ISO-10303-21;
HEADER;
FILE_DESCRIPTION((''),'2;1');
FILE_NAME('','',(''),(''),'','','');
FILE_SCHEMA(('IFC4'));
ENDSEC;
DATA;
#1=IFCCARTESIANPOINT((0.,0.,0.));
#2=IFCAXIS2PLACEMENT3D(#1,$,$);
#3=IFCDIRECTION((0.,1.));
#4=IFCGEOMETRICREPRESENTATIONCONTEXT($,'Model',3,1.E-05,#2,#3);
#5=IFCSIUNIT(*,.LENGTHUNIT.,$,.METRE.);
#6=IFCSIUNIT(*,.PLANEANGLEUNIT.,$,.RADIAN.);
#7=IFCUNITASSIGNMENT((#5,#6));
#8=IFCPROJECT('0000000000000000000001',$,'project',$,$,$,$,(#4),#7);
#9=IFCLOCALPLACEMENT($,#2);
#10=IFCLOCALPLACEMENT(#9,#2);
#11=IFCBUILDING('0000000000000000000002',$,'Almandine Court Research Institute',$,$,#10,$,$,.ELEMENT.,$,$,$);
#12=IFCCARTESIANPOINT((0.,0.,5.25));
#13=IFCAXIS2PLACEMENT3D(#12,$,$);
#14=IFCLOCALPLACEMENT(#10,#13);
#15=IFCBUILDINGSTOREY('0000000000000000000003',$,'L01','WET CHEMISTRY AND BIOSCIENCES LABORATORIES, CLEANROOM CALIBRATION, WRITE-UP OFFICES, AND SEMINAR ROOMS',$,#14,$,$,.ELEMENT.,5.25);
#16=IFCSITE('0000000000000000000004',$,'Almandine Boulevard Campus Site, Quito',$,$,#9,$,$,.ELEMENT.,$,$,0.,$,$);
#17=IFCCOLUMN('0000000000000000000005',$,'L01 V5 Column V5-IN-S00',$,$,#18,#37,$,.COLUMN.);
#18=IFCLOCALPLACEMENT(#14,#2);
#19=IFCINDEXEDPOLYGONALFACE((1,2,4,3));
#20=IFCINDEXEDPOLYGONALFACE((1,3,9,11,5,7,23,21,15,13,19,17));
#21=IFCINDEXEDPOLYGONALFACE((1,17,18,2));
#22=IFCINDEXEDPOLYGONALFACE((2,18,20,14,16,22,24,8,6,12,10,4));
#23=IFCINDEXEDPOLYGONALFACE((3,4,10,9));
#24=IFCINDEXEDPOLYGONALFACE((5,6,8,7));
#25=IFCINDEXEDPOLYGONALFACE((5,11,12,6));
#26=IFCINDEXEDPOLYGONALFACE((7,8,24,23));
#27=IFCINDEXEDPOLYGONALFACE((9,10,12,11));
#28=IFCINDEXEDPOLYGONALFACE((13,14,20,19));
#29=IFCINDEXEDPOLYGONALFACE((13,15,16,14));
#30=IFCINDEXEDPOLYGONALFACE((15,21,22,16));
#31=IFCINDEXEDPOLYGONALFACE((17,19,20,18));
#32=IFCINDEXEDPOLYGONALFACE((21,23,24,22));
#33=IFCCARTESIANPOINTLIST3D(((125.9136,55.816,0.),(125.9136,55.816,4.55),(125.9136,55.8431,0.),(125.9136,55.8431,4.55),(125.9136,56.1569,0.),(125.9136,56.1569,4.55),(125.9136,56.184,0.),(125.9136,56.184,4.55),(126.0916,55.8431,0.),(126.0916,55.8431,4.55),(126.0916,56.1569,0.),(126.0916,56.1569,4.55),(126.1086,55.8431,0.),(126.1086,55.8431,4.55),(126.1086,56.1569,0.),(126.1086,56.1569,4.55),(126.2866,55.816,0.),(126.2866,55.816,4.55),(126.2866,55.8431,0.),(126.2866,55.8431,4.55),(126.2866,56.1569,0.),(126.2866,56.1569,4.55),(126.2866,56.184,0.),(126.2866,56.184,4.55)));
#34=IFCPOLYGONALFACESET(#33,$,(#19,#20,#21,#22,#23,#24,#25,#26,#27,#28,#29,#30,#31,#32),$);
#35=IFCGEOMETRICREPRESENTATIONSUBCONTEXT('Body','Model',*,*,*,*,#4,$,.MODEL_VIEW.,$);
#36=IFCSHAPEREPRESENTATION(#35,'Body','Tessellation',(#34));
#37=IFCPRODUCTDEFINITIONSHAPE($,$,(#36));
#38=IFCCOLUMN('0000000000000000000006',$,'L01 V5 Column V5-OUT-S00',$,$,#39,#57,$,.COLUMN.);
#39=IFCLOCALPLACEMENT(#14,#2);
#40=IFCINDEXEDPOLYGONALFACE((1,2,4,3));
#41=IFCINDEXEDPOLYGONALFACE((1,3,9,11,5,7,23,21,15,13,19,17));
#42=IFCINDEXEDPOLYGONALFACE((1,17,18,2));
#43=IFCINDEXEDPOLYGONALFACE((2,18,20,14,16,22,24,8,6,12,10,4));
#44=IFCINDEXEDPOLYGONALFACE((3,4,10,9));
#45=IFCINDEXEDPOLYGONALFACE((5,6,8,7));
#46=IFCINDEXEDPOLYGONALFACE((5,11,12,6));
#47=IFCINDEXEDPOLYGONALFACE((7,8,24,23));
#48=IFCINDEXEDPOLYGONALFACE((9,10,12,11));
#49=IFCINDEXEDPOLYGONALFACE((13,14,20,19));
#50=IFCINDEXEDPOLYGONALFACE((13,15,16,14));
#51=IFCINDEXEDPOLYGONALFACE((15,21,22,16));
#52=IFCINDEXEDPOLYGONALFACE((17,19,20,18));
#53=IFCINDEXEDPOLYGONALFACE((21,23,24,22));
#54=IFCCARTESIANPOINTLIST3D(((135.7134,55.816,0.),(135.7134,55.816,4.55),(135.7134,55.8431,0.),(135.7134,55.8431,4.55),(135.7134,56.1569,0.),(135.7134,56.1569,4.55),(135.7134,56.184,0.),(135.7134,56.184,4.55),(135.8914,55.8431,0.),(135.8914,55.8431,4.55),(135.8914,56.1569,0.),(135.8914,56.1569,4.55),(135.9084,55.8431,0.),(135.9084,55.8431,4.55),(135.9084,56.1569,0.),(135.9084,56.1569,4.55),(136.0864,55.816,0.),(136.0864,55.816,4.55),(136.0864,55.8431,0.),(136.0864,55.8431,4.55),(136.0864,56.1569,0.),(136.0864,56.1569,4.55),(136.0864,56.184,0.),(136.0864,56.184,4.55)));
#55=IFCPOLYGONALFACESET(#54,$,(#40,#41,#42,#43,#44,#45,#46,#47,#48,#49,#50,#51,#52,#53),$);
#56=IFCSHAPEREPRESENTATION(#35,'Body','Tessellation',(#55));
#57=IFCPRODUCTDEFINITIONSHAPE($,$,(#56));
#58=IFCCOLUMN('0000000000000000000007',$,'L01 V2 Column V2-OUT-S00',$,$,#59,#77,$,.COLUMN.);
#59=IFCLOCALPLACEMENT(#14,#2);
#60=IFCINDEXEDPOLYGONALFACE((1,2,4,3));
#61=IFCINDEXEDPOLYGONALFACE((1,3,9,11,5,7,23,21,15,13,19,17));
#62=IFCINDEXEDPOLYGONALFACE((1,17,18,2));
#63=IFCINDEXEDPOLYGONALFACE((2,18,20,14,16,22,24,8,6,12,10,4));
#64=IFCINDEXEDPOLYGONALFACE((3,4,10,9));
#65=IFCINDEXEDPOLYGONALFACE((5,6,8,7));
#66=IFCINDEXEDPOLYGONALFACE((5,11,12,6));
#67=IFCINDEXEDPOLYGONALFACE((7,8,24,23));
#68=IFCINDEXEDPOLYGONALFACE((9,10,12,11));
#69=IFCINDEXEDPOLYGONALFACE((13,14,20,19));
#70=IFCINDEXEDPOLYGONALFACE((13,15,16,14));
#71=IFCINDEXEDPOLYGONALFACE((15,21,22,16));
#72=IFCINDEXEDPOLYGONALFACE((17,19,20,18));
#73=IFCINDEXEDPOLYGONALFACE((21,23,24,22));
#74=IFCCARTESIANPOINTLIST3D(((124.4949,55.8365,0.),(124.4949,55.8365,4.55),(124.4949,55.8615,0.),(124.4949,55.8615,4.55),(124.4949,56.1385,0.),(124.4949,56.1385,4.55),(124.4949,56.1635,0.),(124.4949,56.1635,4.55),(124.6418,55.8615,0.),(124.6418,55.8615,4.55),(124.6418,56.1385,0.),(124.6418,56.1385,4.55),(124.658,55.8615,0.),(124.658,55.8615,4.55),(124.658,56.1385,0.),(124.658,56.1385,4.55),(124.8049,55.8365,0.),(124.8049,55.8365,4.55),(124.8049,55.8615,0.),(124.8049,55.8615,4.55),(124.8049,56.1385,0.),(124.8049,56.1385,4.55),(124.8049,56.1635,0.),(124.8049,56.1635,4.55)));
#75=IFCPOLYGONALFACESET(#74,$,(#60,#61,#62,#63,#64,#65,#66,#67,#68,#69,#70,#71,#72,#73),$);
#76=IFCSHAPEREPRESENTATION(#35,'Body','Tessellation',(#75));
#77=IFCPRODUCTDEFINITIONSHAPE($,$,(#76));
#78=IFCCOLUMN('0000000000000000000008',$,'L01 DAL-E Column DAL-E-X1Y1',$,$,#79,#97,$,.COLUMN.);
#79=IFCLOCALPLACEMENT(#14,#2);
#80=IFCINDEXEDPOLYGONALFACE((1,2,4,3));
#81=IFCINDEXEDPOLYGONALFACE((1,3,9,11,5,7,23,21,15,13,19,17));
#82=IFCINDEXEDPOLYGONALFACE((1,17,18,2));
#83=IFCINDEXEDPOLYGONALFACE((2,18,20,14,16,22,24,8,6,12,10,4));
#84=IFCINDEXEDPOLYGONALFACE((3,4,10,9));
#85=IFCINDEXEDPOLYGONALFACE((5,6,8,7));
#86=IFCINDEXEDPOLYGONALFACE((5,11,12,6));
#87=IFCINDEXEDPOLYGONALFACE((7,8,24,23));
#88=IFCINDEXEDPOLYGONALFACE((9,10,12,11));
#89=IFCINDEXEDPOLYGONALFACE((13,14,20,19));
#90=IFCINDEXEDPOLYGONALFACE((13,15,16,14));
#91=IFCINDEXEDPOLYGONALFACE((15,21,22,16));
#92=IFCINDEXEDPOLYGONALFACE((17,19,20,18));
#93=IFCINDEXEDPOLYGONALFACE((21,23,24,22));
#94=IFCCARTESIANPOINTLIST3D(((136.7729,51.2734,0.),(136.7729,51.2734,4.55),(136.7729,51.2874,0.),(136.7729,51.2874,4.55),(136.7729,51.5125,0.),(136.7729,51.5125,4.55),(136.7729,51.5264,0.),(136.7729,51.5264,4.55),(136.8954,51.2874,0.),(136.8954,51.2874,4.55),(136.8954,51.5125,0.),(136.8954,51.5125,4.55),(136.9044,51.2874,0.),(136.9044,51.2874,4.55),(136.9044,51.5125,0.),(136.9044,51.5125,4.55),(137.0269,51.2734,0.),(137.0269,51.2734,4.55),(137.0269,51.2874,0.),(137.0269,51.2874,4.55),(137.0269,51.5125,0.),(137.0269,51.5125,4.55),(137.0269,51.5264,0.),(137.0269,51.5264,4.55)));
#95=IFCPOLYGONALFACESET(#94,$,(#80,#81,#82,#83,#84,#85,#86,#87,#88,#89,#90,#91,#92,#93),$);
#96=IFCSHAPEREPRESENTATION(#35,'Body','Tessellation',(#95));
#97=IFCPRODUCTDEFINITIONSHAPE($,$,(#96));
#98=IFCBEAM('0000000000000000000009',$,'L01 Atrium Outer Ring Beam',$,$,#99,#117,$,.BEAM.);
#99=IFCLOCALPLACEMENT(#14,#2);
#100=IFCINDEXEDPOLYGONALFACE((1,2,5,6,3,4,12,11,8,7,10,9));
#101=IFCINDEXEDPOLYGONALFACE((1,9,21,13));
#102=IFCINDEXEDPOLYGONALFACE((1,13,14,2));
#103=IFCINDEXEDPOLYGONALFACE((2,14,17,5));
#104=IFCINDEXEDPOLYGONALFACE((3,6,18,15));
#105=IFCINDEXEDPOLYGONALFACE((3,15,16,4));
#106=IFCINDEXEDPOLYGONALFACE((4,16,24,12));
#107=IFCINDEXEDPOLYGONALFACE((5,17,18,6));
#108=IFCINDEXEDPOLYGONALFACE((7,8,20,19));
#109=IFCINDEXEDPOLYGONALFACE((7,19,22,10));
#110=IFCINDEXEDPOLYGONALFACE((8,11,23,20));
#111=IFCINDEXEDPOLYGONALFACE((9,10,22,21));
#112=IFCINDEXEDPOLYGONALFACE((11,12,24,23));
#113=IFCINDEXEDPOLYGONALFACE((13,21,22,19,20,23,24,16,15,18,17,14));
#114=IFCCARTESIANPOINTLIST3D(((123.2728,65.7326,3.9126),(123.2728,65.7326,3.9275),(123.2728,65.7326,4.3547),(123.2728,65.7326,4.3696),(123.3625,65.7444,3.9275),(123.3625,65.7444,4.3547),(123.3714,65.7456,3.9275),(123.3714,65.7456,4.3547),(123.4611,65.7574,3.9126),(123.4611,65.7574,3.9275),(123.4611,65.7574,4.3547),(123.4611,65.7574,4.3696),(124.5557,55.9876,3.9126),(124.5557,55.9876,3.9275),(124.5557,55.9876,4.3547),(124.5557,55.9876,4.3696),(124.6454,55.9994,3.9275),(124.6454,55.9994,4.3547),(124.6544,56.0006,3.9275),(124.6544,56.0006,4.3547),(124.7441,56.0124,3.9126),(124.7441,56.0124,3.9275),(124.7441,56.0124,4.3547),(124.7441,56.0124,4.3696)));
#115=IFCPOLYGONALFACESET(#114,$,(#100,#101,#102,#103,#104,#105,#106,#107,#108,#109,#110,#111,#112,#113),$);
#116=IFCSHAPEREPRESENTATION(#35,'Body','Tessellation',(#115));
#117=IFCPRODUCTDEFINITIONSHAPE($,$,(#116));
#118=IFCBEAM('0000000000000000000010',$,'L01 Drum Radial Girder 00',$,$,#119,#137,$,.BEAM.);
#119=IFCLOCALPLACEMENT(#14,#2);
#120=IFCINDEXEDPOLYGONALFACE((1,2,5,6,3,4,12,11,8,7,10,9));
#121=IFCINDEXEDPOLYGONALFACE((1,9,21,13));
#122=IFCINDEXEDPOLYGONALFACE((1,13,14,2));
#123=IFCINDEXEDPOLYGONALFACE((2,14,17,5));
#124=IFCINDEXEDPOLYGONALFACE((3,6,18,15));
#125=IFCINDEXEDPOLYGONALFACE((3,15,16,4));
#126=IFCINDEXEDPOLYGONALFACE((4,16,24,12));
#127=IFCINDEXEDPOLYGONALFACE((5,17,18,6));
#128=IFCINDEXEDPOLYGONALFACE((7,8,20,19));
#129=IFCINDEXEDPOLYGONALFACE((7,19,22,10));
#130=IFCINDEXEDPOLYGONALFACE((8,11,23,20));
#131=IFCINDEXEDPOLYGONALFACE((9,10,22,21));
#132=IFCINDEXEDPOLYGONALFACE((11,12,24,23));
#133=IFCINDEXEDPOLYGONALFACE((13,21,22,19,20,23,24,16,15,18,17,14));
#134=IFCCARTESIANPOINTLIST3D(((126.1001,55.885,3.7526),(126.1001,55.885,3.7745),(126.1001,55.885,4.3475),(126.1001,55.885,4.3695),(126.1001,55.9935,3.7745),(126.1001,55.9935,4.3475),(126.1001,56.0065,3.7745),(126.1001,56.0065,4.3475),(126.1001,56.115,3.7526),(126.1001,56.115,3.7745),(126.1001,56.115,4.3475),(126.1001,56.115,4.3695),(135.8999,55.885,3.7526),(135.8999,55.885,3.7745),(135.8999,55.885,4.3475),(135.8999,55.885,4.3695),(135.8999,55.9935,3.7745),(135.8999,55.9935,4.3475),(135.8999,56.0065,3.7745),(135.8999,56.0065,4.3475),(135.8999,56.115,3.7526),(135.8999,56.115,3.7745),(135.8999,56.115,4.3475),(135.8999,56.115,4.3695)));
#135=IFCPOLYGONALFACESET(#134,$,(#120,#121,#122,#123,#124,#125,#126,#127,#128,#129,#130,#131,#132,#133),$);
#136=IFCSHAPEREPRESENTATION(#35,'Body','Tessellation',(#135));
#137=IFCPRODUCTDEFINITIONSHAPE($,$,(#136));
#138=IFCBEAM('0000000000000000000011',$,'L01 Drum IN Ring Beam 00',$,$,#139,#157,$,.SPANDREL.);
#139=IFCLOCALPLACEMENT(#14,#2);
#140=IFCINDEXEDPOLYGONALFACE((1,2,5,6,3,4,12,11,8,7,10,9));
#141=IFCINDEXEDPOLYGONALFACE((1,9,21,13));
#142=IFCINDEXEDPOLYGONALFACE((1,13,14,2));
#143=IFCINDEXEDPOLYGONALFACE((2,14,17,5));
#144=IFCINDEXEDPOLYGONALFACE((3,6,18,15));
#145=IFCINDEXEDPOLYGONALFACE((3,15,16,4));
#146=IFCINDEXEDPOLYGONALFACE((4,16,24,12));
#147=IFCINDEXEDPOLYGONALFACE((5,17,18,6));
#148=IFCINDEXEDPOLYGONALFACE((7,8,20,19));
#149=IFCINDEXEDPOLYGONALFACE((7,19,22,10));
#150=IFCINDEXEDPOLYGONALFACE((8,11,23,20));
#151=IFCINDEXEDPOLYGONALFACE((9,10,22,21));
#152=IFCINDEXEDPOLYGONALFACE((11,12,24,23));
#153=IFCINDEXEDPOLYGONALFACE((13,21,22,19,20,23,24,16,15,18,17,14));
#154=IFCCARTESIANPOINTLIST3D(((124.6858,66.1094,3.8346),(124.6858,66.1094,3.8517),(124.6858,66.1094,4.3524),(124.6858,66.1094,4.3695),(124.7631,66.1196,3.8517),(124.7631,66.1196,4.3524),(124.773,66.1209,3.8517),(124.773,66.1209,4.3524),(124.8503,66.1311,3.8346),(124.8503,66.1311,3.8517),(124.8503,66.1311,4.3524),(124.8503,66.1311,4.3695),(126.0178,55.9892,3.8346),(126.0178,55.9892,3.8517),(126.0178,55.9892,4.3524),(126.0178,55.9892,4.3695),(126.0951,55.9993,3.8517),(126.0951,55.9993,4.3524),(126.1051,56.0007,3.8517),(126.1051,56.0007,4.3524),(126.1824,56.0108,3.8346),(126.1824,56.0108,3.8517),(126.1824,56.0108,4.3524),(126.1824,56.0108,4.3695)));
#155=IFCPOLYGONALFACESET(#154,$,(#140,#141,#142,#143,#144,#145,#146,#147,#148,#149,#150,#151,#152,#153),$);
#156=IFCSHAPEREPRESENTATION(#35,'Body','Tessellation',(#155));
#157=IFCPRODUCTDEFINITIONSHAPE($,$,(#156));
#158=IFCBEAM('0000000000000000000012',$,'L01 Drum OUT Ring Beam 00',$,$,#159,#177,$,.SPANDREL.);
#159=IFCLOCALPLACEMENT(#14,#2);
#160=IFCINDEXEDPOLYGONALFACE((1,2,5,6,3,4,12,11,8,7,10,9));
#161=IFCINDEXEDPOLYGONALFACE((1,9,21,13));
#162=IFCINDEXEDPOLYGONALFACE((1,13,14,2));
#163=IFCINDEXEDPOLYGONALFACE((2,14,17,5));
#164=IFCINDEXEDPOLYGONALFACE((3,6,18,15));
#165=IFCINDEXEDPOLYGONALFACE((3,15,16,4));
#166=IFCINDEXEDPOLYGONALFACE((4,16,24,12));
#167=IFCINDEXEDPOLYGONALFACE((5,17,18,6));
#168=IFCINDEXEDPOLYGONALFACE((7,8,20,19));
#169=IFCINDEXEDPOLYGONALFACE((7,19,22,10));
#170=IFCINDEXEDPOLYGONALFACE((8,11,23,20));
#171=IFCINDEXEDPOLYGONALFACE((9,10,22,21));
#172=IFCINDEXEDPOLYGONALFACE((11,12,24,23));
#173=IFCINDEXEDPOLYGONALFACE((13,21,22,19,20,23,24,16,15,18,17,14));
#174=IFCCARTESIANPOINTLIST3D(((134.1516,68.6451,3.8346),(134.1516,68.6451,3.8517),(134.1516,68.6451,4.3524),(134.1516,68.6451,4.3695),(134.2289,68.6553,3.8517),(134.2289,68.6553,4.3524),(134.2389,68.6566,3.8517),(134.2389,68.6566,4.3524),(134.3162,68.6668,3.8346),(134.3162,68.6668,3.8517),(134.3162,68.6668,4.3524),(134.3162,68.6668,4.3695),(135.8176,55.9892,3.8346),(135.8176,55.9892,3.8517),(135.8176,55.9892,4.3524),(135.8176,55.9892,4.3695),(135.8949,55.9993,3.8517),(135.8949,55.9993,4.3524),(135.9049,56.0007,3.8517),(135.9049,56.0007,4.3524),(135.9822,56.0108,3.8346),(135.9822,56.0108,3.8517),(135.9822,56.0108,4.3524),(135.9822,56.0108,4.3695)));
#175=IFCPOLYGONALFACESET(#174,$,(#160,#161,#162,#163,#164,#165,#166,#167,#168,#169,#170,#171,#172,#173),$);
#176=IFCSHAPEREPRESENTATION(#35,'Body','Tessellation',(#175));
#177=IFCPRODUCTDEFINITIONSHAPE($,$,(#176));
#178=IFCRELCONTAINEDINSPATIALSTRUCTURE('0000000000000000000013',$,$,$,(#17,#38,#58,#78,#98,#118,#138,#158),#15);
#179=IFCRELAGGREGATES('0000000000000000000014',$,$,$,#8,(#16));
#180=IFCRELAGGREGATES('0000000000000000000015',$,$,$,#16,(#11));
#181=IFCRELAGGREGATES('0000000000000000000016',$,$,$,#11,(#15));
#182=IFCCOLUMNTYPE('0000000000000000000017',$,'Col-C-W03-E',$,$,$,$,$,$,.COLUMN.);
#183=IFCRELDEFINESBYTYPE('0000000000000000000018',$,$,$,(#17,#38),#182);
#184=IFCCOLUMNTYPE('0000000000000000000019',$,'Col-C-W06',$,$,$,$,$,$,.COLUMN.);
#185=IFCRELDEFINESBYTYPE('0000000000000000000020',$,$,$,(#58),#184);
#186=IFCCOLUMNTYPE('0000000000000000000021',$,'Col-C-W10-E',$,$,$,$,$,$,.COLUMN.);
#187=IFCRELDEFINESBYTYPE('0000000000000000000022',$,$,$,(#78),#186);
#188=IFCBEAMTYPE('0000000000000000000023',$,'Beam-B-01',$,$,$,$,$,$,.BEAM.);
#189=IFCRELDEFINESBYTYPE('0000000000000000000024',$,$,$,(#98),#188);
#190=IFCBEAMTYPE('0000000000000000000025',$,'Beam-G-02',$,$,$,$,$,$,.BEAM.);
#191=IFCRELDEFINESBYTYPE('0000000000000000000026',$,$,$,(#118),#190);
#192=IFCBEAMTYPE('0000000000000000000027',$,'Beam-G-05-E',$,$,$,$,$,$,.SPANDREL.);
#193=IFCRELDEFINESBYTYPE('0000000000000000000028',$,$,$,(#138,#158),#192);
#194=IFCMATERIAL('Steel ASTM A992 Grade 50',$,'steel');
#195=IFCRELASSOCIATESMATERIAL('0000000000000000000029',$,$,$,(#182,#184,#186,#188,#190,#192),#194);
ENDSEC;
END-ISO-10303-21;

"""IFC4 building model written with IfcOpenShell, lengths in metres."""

from ifc_helpers import new_model, si_unit, direction, frame, origin, origin_2d, place, context, subcontext, project, spatial, i_section, extrude, material, material_profile, profile_set, type_object, element, save


model = new_model("IFC4")

# Units and contexts
model_context = context("Model", 3, precision=1e-05, world=origin(), true_north=direction((0.0, 1.0)))
body_context = subcontext(model_context, "Body", "Model", "MODEL_VIEW")
ifc_project = project(units=[si_unit("LENGTHUNIT", "METRE"), si_unit("PLANEANGLEUNIT", "RADIAN")], contexts=[model_context])

# Site, building, storey
site_placement = place(None, origin())
site = spatial("IfcSite", under=ifc_project, at=site_placement, Name="Almandine Boulevard Campus Site, Quito", CompositionType="ELEMENT", RefElevation=0.0)
building_placement = place(site_placement, origin())
building = spatial("IfcBuilding", under=site, at=building_placement, Name="Almandine Court Research Institute", CompositionType="ELEMENT")
storey_placement = place(building_placement, frame((0.0, 0.0, 5.25)))
storey = spatial("IfcBuildingStorey", under=building, at=storey_placement, Name="L01", Description="WET CHEMISTRY AND BIOSCIENCES LABORATORIES, CLEANROOM CALIBRATION, WRITE-UP OFFICES, AND SEMINAR ROOMS", CompositionType="ELEMENT", Elevation=5.25)

# Columns
ifc_material_1 = material(Name="Steel ASTM A992 Grade 50", Category="steel")
ifc_material_profile_1 = material_profile(ifc_material_1, i_section(OverallWidth=0.373, OverallDepth=0.3679, WebThickness=0.0171, FlangeThickness=0.0271, at=origin_2d()), Name="W360x179")
ifc_profile_set_1 = profile_set([ifc_material_profile_1], Name="Steel ASTM A992 Grade 50")
column_type_1 = type_object("IfcColumnType", Name="Col-C-W03-E", PredefinedType="COLUMN", material=ifc_profile_set_1)
for number, where, z_axis, x_axis, name in (
    (1, (126.1001, 56.0, 0.0), (0.0, 0.0, 1.0), (1.0, 0.0, 0.0), "L01 V5 Column V5-IN-S00"),
    (2, (135.8999, 56.0, 0.0), (0.0, 0.0, 1.0), (1.0, 0.0, 0.0), "L01 V5 Column V5-OUT-S00"),
):
    element("IfcColumn", number, at=place(storey_placement, frame(where, z_axis=z_axis, x_axis=x_axis)), inside=storey, type_object=column_type_1, Name=name, PredefinedType="COLUMN", context=body_context, shape_type="SweptSolid", body=[
        extrude(i_section(OverallWidth=0.373, OverallDepth=0.3679, WebThickness=0.0171, FlangeThickness=0.0271, at=origin_2d()), origin(), (0.0, 0.0, 1.0), 4.55),
    ])
ifc_material_profile_2 = material_profile(ifc_material_1, i_section(OverallWidth=0.3101, OverallDepth=0.3269, WebThickness=0.0161, FlangeThickness=0.0249, at=origin_2d()), Name="W310x158")
ifc_profile_set_2 = profile_set([ifc_material_profile_2], Name="Steel ASTM A992 Grade 50")
column_type_2 = type_object("IfcColumnType", Name="Col-C-W06", PredefinedType="COLUMN", material=ifc_profile_set_2)
column_1_placement = place(storey_placement, frame((124.6499, 56.0, 0.0), z_axis=(0.0, 0.0, 1.0), x_axis=(1.0, 0.0, 0.0)))
element("IfcColumn", 3, at=column_1_placement, inside=storey, type_object=column_type_2, Name="L01 V2 Column V2-OUT-S00", PredefinedType="COLUMN", context=body_context, shape_type="SweptSolid", body=[
    extrude(i_section(OverallWidth=0.3101, OverallDepth=0.3269, WebThickness=0.0161, FlangeThickness=0.0249, at=origin_2d()), origin(), (0.0, 0.0, 1.0), 4.55),
])
ifc_material_profile_3 = material_profile(ifc_material_1, i_section(OverallWidth=0.2539, OverallDepth=0.2529, WebThickness=0.009, FlangeThickness=0.0139, at=origin_2d()), Name="W250x73")
ifc_profile_set_3 = profile_set([ifc_material_profile_3], Name="Steel ASTM A992 Grade 50")
column_type_3 = type_object("IfcColumnType", Name="Col-C-W10-E", PredefinedType="COLUMN", material=ifc_profile_set_3)
column_2_placement = place(storey_placement, frame((136.8999, 51.3999, 0.0), z_axis=(0.0, 0.0, 1.0), x_axis=(1.0, 0.0, 0.0)))
element("IfcColumn", 4, at=column_2_placement, inside=storey, type_object=column_type_3, Name="L01 DAL-E Column DAL-E-X1Y1", PredefinedType="COLUMN", context=body_context, shape_type="SweptSolid", body=[
    extrude(i_section(OverallWidth=0.2539, OverallDepth=0.2529, WebThickness=0.009, FlangeThickness=0.0139, at=origin_2d()), origin(), (0.0, 0.0, 1.0), 4.55),
])

# Beams
ifc_material_profile_4 = material_profile(ifc_material_1, i_section(OverallWidth=0.1899, OverallDepth=0.457, WebThickness=0.009, FlangeThickness=0.0149, at=origin_2d()), Name="W460x74")
ifc_profile_set_4 = profile_set([ifc_material_profile_4], Name="Steel ASTM A992 Grade 50")
beam_type_1 = type_object("IfcBeamType", Name="Beam-B-01", PredefinedType="BEAM", material=ifc_profile_set_4)
beam_1_placement = place(storey_placement, frame((124.6499, 56.0, 4.1411), z_axis=(-0.130525, 0.991445, 0.0), x_axis=(-0.991445, -0.130525, 0.0)))
element("IfcBeam", 5, at=beam_1_placement, inside=storey, type_object=beam_type_1, Name="L01 Atrium Outer Ring Beam", PredefinedType="BEAM", context=body_context, shape_type="SweptSolid", body=[
    extrude(i_section(OverallWidth=0.1899, OverallDepth=0.457, WebThickness=0.009, FlangeThickness=0.0149, at=origin_2d()), origin(), (0.0, 0.0, 1.0), 9.8291),
])
ifc_material_profile_5 = material_profile(ifc_material_1, i_section(OverallWidth=0.23, OverallDepth=0.6169, WebThickness=0.0129, FlangeThickness=0.022, at=origin_2d()), Name="W610x140")
ifc_profile_set_5 = profile_set([ifc_material_profile_5], Name="Steel ASTM A992 Grade 50")
beam_type_2 = type_object("IfcBeamType", Name="Beam-G-02", PredefinedType="BEAM", material=ifc_profile_set_5)
beam_2_placement = place(storey_placement, frame((126.1001, 56.0, 4.061), z_axis=(1.0, 0.0, 0.0), x_axis=(0.0, 1.0, 0.0)))
element("IfcBeam", 6, at=beam_2_placement, inside=storey, type_object=beam_type_2, Name="L01 Drum Radial Girder 00", PredefinedType="BEAM", context=body_context, shape_type="SweptSolid", body=[
    extrude(i_section(OverallWidth=0.23, OverallDepth=0.6169, WebThickness=0.0129, FlangeThickness=0.022, at=origin_2d()), origin(), (0.0, 0.0, 1.0), 9.7998),
])
ifc_material_profile_6 = material_profile(ifc_material_1, i_section(OverallWidth=0.166, OverallDepth=0.5349, WebThickness=0.01, FlangeThickness=0.0171, at=origin_2d()), Name="W530x85")
ifc_profile_set_6 = profile_set([ifc_material_profile_6], Name="Steel ASTM A992 Grade 50")
beam_type_3 = type_object("IfcBeamType", Name="Beam-G-05-E", PredefinedType="SPANDREL", material=ifc_profile_set_6)
beam_3_placement = place(storey_placement, frame((126.1001, 56.0, 4.1021), z_axis=(-0.130497, 0.991449, 0.0), x_axis=(-0.991449, -0.130497, 0.0)))
element("IfcBeam", 7, at=beam_3_placement, inside=storey, type_object=beam_type_3, Name="L01 Drum IN Ring Beam 00", PredefinedType="SPANDREL", context=body_context, shape_type="SweptSolid", body=[
    extrude(i_section(OverallWidth=0.166, OverallDepth=0.5349, WebThickness=0.01, FlangeThickness=0.0171, at=origin_2d()), origin(), (0.0, 0.0, 1.0), 10.2075),
])
beam_4_placement = place(storey_placement, frame((135.8999, 56.0, 4.1021), z_axis=(-0.130512, 0.991447, 0.0), x_axis=(-0.991447, -0.130512, 0.0)))
element("IfcBeam", 8, at=beam_4_placement, inside=storey, type_object=beam_type_3, Name="L01 Drum OUT Ring Beam 00", PredefinedType="SPANDREL", context=body_context, shape_type="SweptSolid", body=[
    extrude(i_section(OverallWidth=0.166, OverallDepth=0.5349, WebThickness=0.01, FlangeThickness=0.0171, at=origin_2d()), origin(), (0.0, 0.0, 1.0), 12.7651),
])

save(model, "model.ifc")
